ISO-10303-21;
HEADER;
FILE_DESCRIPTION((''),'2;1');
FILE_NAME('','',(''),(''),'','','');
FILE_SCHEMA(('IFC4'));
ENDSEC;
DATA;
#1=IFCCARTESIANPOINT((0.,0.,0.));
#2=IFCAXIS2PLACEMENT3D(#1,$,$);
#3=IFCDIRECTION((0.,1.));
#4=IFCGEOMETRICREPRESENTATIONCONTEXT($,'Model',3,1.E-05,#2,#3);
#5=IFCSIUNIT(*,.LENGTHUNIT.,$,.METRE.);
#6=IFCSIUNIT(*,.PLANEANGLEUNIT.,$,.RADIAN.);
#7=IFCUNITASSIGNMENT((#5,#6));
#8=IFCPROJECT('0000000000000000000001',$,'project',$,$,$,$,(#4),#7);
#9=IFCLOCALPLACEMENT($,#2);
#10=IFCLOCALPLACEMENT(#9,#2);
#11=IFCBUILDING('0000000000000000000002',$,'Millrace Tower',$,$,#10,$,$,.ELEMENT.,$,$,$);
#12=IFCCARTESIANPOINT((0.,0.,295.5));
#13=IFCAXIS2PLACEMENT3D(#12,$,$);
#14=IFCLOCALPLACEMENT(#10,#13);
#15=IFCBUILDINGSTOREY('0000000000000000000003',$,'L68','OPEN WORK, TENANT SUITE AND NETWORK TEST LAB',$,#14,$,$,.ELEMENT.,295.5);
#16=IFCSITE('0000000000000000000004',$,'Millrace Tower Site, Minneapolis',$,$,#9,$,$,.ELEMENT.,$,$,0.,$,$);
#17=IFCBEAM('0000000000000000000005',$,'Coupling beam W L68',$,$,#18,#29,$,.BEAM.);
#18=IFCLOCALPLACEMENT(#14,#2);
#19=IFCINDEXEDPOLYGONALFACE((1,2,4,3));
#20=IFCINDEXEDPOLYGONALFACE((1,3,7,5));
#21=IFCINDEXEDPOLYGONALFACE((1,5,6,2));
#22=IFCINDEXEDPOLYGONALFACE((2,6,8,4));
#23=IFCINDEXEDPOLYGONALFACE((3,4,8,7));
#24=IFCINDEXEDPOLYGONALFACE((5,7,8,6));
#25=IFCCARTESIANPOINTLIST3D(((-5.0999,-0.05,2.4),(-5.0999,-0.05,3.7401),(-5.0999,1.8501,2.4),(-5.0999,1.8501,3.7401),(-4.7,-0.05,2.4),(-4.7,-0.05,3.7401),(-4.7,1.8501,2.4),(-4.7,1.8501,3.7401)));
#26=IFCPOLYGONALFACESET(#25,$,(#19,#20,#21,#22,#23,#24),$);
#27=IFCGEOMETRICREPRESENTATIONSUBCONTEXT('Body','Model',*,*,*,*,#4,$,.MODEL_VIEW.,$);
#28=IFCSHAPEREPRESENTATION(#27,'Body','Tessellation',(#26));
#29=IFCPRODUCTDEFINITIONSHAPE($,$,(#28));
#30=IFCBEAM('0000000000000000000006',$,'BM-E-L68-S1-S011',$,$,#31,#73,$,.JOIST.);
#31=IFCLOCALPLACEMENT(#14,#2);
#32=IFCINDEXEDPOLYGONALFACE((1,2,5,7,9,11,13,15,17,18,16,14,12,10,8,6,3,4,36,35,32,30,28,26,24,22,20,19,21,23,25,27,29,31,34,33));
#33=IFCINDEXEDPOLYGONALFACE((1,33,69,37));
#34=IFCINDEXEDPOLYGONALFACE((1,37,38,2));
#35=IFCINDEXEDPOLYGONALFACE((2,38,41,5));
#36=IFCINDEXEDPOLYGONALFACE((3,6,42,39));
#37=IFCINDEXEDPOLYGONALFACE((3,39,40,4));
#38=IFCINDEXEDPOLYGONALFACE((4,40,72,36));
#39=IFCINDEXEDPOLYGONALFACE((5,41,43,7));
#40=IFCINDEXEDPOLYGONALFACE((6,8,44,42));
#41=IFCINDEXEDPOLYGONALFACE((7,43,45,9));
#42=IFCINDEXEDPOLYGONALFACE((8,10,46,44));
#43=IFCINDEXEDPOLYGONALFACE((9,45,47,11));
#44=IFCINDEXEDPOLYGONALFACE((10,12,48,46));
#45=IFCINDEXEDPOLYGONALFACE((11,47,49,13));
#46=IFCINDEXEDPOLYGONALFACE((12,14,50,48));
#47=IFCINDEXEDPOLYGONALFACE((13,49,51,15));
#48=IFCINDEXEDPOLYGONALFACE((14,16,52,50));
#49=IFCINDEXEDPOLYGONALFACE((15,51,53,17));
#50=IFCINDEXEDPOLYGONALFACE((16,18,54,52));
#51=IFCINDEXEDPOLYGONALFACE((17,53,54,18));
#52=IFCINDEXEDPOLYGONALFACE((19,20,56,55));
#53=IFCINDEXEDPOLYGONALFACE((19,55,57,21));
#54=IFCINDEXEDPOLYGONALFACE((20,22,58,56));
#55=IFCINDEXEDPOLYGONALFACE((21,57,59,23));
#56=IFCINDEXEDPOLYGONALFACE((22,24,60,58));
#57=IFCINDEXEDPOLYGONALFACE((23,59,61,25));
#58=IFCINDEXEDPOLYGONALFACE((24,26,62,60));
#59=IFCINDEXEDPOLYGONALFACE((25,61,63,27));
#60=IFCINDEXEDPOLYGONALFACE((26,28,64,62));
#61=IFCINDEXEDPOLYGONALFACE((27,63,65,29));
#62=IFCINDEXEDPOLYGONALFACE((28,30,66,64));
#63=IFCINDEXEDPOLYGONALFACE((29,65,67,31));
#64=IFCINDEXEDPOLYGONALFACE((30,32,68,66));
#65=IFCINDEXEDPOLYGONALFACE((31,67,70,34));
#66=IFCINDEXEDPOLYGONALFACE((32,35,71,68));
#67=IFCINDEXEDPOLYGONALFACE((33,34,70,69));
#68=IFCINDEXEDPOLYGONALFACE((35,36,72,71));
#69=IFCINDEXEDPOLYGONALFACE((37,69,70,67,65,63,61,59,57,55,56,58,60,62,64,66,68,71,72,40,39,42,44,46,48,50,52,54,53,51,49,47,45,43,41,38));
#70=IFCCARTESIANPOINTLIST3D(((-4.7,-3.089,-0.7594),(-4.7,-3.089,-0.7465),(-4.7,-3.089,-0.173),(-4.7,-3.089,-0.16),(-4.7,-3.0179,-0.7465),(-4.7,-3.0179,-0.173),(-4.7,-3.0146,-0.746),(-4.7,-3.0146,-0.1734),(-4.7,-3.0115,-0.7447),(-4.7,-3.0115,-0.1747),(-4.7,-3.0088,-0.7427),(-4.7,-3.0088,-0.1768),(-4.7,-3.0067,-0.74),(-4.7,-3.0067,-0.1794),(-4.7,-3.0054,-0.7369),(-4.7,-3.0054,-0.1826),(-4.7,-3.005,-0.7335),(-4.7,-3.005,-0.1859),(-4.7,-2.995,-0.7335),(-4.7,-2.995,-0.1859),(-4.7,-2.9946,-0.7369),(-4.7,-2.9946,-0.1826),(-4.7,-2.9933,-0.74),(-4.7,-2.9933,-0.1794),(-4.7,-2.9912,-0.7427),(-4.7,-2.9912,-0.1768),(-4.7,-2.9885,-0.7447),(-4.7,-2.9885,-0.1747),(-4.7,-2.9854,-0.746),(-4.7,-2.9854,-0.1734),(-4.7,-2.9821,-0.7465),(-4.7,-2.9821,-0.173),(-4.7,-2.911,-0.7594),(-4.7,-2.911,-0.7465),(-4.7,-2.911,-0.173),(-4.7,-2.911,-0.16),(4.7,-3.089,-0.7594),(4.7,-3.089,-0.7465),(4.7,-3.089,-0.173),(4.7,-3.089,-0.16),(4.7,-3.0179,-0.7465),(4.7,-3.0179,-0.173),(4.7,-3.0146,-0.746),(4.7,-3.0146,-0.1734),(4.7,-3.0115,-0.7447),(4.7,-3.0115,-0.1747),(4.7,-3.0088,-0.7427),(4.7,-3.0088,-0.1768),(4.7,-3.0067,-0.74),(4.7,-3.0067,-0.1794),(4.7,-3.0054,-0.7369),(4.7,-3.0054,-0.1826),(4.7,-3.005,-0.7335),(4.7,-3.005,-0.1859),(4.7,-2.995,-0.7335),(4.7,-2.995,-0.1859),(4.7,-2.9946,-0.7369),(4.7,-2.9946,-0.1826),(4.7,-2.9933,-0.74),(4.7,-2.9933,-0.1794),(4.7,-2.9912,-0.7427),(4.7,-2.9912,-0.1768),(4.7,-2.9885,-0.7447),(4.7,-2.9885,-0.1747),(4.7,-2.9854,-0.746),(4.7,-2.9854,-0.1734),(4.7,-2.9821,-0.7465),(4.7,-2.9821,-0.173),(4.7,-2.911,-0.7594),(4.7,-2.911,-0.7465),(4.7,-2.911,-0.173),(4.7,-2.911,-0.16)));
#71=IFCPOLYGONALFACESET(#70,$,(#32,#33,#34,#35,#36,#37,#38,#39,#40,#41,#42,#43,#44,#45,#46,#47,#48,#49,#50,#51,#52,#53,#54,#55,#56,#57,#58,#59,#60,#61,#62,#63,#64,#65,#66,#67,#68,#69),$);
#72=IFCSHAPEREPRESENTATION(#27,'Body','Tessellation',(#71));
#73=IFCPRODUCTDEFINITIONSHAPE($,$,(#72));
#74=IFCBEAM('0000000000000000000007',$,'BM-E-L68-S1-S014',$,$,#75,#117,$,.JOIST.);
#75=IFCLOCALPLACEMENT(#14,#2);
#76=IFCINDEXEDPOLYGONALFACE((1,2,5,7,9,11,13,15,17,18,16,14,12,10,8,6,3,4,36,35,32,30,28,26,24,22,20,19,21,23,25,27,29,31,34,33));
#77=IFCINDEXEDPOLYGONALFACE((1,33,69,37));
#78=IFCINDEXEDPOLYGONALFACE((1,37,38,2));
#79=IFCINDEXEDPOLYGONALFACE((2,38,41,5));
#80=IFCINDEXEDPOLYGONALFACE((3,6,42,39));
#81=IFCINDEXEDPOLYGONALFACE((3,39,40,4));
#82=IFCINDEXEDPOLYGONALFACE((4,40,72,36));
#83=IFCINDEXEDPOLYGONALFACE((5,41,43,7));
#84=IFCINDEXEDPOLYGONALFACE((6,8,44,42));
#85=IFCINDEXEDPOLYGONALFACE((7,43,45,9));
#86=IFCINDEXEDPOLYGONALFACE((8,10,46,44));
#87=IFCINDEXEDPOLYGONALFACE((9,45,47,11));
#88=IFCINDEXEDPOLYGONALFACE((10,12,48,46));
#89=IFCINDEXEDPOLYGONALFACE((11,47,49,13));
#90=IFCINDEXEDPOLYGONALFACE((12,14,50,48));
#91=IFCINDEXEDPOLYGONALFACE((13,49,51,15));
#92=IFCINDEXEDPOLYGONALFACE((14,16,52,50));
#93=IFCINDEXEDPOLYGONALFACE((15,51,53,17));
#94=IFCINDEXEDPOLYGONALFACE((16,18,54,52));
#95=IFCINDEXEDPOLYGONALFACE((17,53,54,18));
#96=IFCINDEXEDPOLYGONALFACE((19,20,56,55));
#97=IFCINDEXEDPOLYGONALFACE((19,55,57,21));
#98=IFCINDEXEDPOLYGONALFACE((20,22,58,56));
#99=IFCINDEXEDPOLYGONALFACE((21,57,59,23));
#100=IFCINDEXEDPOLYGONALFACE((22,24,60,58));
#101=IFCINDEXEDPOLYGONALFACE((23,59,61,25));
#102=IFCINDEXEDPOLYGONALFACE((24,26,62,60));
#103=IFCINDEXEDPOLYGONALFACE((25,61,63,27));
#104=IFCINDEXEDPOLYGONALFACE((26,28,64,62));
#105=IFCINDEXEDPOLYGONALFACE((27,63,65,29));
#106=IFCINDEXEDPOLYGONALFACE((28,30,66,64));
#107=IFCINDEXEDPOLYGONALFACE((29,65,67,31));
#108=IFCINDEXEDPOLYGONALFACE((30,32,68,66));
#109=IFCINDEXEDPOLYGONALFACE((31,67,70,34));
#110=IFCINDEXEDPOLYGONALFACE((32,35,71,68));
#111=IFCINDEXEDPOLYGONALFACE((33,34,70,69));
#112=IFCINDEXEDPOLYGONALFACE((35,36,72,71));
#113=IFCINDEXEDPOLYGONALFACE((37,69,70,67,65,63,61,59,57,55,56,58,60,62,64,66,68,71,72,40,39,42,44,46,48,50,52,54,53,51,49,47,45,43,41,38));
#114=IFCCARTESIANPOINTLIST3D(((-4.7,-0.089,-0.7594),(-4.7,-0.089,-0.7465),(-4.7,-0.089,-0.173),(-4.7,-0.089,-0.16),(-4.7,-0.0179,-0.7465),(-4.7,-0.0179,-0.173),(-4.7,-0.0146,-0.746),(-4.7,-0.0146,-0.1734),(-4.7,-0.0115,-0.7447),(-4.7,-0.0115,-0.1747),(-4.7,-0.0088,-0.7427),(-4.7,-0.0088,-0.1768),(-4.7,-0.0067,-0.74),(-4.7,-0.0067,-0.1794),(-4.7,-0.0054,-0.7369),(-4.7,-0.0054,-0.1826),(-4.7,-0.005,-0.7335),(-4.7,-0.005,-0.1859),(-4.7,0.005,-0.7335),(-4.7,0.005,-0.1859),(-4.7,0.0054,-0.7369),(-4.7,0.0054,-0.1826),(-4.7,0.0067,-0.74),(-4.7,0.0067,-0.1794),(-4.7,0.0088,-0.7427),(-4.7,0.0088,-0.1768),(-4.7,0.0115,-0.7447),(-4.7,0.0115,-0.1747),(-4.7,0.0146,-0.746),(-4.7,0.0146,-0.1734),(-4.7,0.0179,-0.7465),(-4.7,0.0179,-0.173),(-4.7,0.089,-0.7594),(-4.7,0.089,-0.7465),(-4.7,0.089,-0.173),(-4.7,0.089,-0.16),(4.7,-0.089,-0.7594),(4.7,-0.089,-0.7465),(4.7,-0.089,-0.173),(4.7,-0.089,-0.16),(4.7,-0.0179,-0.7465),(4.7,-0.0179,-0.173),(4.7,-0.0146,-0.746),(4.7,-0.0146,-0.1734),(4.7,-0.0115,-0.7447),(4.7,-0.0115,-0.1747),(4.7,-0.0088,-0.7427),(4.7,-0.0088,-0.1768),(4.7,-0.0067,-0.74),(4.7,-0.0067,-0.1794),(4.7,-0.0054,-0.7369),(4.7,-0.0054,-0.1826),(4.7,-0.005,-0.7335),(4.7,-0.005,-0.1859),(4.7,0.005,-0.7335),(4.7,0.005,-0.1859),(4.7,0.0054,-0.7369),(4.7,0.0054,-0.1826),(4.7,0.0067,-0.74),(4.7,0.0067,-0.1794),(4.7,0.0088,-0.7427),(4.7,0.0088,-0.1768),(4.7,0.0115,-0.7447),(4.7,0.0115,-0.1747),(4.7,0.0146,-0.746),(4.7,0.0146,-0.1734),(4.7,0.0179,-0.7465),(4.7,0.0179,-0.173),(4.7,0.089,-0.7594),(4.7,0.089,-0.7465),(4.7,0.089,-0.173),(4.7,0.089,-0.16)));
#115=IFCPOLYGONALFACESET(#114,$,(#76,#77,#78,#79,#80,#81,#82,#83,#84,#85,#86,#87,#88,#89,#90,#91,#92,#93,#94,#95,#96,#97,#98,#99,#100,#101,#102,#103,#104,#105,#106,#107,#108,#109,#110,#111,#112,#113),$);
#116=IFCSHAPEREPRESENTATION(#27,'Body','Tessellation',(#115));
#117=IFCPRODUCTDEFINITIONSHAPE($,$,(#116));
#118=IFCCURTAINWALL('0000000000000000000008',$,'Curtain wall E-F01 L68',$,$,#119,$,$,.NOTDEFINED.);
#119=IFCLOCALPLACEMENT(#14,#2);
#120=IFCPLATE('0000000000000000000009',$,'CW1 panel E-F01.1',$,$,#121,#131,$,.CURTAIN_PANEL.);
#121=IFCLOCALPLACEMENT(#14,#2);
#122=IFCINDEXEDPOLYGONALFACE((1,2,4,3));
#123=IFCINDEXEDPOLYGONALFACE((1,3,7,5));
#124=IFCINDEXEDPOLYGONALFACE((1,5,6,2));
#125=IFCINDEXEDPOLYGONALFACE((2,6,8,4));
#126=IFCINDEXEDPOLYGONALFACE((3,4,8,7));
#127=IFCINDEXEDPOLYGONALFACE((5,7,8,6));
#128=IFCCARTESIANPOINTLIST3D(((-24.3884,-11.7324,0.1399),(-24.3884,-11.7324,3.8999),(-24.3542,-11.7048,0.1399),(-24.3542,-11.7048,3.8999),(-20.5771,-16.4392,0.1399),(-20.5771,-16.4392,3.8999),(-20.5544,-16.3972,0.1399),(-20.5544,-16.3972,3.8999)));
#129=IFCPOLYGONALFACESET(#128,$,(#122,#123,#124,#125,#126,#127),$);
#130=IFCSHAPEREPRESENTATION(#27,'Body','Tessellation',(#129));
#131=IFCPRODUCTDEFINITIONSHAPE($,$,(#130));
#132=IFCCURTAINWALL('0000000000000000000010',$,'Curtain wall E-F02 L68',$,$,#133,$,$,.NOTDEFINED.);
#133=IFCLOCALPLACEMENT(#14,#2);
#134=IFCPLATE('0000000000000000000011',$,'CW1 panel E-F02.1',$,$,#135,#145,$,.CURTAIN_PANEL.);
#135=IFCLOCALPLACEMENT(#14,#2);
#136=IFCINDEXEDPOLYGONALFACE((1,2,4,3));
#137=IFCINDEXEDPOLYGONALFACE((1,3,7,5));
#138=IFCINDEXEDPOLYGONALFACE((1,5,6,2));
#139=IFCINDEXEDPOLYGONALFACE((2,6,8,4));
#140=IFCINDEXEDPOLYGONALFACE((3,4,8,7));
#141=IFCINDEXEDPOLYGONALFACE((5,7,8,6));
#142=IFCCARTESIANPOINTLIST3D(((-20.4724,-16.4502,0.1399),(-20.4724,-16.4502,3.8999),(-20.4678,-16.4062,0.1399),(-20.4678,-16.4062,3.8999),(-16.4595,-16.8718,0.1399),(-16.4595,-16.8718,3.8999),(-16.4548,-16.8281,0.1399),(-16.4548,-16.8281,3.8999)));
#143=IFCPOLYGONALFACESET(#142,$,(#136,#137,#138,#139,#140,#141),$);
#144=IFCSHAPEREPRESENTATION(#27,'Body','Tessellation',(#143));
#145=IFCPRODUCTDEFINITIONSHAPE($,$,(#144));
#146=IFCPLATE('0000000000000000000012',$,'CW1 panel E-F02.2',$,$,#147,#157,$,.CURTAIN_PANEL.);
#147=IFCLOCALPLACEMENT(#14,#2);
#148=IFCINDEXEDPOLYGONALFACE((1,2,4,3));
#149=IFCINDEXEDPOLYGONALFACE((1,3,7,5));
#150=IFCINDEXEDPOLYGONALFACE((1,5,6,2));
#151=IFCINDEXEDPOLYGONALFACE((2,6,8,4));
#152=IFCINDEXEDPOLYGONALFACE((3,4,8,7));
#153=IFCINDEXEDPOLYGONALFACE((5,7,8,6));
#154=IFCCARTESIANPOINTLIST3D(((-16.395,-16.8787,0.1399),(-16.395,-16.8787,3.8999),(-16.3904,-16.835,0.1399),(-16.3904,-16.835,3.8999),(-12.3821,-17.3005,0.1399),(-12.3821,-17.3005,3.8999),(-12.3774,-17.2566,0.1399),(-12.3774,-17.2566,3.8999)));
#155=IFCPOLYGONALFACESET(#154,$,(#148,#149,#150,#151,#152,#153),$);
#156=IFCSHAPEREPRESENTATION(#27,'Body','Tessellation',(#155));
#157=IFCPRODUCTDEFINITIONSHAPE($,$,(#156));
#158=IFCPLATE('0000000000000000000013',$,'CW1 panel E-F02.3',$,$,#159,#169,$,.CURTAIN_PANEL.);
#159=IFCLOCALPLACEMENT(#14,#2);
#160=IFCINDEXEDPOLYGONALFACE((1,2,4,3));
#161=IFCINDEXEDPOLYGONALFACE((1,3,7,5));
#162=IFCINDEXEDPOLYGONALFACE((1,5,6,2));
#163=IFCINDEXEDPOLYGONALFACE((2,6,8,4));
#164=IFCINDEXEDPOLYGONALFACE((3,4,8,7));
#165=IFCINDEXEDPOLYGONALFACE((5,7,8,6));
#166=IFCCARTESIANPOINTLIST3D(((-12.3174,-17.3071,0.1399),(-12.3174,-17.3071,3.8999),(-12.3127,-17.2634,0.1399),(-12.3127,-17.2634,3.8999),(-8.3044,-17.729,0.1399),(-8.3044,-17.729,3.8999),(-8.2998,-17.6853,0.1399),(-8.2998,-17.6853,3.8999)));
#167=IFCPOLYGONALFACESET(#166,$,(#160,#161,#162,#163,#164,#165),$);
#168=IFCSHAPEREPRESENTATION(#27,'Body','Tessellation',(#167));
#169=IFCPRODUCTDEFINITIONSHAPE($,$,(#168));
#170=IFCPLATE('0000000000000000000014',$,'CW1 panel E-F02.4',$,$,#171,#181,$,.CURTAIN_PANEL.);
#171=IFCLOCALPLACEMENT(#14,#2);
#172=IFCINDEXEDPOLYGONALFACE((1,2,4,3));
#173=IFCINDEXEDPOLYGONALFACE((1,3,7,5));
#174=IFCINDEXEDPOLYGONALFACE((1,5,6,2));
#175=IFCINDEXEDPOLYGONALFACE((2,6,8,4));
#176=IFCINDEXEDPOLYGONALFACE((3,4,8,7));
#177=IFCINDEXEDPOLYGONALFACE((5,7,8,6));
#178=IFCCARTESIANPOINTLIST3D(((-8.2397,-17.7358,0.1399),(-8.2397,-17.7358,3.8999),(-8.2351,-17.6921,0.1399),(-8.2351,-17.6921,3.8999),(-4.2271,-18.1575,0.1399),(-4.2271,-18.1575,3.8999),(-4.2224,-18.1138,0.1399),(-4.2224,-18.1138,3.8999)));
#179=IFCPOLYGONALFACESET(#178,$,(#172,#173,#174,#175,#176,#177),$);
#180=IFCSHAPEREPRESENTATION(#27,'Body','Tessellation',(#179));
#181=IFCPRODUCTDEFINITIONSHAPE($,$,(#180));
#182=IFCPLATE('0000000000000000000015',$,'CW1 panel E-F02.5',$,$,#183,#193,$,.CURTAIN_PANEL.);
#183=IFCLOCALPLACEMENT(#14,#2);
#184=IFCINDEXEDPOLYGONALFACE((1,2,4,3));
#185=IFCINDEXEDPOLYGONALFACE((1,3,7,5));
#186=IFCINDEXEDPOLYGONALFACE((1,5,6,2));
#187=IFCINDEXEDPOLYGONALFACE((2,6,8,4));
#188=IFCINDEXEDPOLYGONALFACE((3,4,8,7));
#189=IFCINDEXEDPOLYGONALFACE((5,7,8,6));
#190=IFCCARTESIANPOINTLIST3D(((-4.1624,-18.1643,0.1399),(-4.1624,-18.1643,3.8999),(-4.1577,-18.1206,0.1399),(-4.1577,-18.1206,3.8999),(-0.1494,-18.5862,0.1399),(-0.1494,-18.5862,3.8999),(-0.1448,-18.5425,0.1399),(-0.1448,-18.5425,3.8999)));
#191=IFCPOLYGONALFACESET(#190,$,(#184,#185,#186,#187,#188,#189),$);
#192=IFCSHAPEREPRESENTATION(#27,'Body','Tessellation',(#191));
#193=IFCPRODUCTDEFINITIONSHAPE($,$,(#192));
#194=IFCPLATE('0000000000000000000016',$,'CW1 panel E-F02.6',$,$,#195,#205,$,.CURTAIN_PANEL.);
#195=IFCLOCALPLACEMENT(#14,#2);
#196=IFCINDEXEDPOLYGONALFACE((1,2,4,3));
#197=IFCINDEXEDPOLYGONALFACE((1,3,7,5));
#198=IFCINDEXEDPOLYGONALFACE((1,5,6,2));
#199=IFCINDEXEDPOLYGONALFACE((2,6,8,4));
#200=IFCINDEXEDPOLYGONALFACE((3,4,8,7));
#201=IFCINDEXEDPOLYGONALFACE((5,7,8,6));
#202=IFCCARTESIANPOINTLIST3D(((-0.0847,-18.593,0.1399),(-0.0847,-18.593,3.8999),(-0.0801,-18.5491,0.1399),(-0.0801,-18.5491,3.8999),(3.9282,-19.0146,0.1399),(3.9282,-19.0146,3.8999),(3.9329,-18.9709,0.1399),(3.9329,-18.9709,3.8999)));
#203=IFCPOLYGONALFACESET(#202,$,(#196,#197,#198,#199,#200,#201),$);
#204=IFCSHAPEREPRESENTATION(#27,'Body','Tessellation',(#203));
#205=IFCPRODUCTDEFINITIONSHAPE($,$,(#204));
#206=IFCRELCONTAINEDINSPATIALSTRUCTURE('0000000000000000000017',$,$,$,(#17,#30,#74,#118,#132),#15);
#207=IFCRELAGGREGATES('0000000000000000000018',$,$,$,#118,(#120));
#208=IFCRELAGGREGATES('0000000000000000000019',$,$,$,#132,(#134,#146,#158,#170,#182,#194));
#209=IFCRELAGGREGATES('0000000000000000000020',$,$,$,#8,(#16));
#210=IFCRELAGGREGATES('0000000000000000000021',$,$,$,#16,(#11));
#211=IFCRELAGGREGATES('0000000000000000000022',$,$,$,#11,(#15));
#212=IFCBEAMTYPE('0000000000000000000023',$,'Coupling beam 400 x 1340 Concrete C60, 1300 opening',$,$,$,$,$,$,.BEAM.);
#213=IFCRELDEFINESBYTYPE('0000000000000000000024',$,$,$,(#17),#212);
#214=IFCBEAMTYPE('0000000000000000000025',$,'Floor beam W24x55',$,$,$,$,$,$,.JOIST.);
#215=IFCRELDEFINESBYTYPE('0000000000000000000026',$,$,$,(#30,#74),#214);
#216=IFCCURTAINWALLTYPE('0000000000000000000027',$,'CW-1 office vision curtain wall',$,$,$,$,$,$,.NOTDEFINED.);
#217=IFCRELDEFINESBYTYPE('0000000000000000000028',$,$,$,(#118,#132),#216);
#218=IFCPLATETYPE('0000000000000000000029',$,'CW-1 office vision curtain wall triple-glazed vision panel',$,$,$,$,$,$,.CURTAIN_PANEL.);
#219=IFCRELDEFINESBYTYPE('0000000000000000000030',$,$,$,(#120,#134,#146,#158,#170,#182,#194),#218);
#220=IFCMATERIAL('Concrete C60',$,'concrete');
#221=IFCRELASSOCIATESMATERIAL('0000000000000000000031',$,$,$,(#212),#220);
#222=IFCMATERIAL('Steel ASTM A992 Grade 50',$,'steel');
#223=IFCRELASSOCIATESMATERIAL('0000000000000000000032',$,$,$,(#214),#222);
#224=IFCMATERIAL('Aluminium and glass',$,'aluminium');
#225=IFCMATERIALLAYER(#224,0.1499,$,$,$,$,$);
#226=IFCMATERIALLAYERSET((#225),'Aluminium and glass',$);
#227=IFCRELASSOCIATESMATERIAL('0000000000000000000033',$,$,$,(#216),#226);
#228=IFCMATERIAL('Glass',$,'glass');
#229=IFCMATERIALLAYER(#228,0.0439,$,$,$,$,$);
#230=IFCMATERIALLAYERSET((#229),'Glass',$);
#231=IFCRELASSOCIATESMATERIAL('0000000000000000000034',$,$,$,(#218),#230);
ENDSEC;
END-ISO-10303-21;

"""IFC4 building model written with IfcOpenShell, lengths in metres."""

from ifc_helpers import new_model, si_unit, direction, frame, origin, origin_2d, place, context, subcontext, project, spatial, polyline, rectangle, i_section, outline, extrude, material, layer, layer_set, material_profile, profile_set, type_object, element, aggregate, save


model = new_model("IFC4")

# Units and contexts
model_context = context("Model", 3, precision=1e-05, world=origin(), true_north=direction((0.0, 1.0)))
body_context = subcontext(model_context, "Body", "Model", "MODEL_VIEW")
ifc_project = project(units=[si_unit("LENGTHUNIT", "METRE"), si_unit("PLANEANGLEUNIT", "RADIAN")], contexts=[model_context])

# Site, building, storey
site_placement = place(None, origin())
site = spatial("IfcSite", under=ifc_project, at=site_placement, Name="Millrace Tower Site, Minneapolis", CompositionType="ELEMENT", RefElevation=0.0)
building_placement = place(site_placement, origin())
building = spatial("IfcBuilding", under=site, at=building_placement, Name="Millrace Tower", CompositionType="ELEMENT")
storey_placement = place(building_placement, frame((0.0, 0.0, 295.5)))
storey = spatial("IfcBuildingStorey", under=building, at=storey_placement, Name="L68", Description="OPEN WORK, TENANT SUITE AND NETWORK TEST LAB", CompositionType="ELEMENT", Elevation=295.5)

# Beams
ifc_material_1 = material(Name="Concrete C60", Category="concrete")
ifc_material_profile_1 = material_profile(ifc_material_1, rectangle(XDim=0.3999, YDim=1.3401, at=origin_2d()))
ifc_profile_set_1 = profile_set([ifc_material_profile_1], Name="Concrete C60")
beam_type_1 = type_object("IfcBeamType", Name="Coupling beam 400 x 1340 Concrete C60, 1300 opening", PredefinedType="BEAM", material=ifc_profile_set_1)
beam_placement = place(storey_placement, frame((-4.8999, -0.05, 3.0701), z_axis=(0.0, 1.0, 0.0), x_axis=(-1.0, 0.0, 0.0)))
element("IfcBeam", 1, at=beam_placement, inside=storey, type_object=beam_type_1, Name="Coupling beam W L68", PredefinedType="BEAM", context=body_context, shape_type="SweptSolid", body=[
    extrude(rectangle(XDim=0.3999, YDim=1.3401, at=origin_2d()), origin(), (0.0, 0.0, 1.0), 1.9001),
])
ifc_material_2 = material(Name="Steel ASTM A992 Grade 50", Category="steel")
ifc_material_profile_2 = material_profile(ifc_material_2, i_section(OverallWidth=0.178, OverallDepth=0.5994, WebThickness=0.01, FlangeThickness=0.0129, FilletRadius=0.0129, at=origin_2d()))
ifc_profile_set_2 = profile_set([ifc_material_profile_2], Name="Steel ASTM A992 Grade 50")
beam_type_2 = type_object("IfcBeamType", Name="Floor beam W24x55", PredefinedType="JOIST", material=ifc_profile_set_2)
for number, where, z_axis, x_axis, name in (
    (2, (-4.7, -3.0, -0.4597), (1.0, 0.0, 0.0), (0.0, 1.0, 0.0), "BM-E-L68-S1-S011"),
    (3, (-4.7, 0.0, -0.4597), (1.0, 0.0, 0.0), (0.0, 1.0, 0.0), "BM-E-L68-S1-S014"),
):
    element("IfcBeam", number, at=place(storey_placement, frame(where, z_axis=z_axis, x_axis=x_axis)), inside=storey, type_object=beam_type_2, Name=name, PredefinedType="JOIST", context=body_context, shape_type="SweptSolid", body=[
        extrude(i_section(OverallWidth=0.178, OverallDepth=0.5994, WebThickness=0.01, FlangeThickness=0.0129, FilletRadius=0.0129, at=origin_2d()), origin(), (0.0, 0.0, 1.0), 9.3999),
    ])

# Curtain wall, plate
ifc_material_3 = material(Name="Aluminium and glass", Category="aluminium")
ifc_layer_1 = layer(ifc_material_3, 0.1499)
ifc_layer_set_1 = layer_set([ifc_layer_1], Name="Aluminium and glass")
curtain_wall_type = type_object("IfcCurtainWallType", Name="CW-1 office vision curtain wall", PredefinedType="NOTDEFINED", material=ifc_layer_set_1)
placement_1 = place(storey_placement, origin())
curtain_wall_1 = element("IfcCurtainWall", 4, at=placement_1, inside=storey, type_object=curtain_wall_type, Name="Curtain wall E-F01 L68", PredefinedType="NOTDEFINED")
ifc_material_4 = material(Name="Glass", Category="glass")
ifc_layer_2 = layer(ifc_material_4, 0.0439)
ifc_layer_set_2 = layer_set([ifc_layer_2], Name="Glass")
plate_type = type_object("IfcPlateType", Name="CW-1 office vision curtain wall triple-glazed vision panel", PredefinedType="CURTAIN_PANEL", material=ifc_layer_set_2)
placement_2 = place(storey_placement, frame((0.0, 0.0, 0.1399)))
plate_1 = element("IfcPlate", 5, at=placement_2, type_object=plate_type, Name="CW1 panel E-F01.1", PredefinedType="CURTAIN_PANEL", context=body_context, shape_type="SweptSolid", body=[
    extrude(outline(polyline([(-24.3884, -11.7324), (-20.5771, -16.4392), (-20.5544, -16.3972), (-24.3542, -11.7048), (-24.3884, -11.7324)])), origin(), (0.0, 0.0, 1.0), 3.76),
])
aggregate(curtain_wall_1, [plate_1])

# Curtain wall, plates
curtain_wall_2 = element("IfcCurtainWall", 6, at=placement_1, inside=storey, type_object=curtain_wall_type, Name="Curtain wall E-F02 L68", PredefinedType="NOTDEFINED")
plate_2 = element("IfcPlate", 7, at=placement_2, type_object=plate_type, Name="CW1 panel E-F02.1", PredefinedType="CURTAIN_PANEL", context=body_context, shape_type="SweptSolid", body=[
    extrude(outline(polyline([(-20.4724, -16.4502), (-16.4595, -16.8718), (-16.4548, -16.8281), (-20.4678, -16.4062), (-20.4724, -16.4502)])), origin(), (0.0, 0.0, 1.0), 3.76),
])
plate_3 = element("IfcPlate", 8, at=placement_2, type_object=plate_type, Name="CW1 panel E-F02.2", PredefinedType="CURTAIN_PANEL", context=body_context, shape_type="SweptSolid", body=[
    extrude(outline(polyline([(-16.395, -16.8787), (-12.3821, -17.3005), (-12.3774, -17.2566), (-16.3904, -16.835), (-16.395, -16.8787)])), origin(), (0.0, 0.0, 1.0), 3.76),
])
plate_4 = element("IfcPlate", 9, at=placement_2, type_object=plate_type, Name="CW1 panel E-F02.3", PredefinedType="CURTAIN_PANEL", context=body_context, shape_type="SweptSolid", body=[
    extrude(outline(polyline([(-12.3174, -17.3071), (-8.3044, -17.729), (-8.2998, -17.6853), (-12.3127, -17.2634), (-12.3174, -17.3071)])), origin(), (0.0, 0.0, 1.0), 3.76),
])
plate_5 = element("IfcPlate", 10, at=placement_2, type_object=plate_type, Name="CW1 panel E-F02.4", PredefinedType="CURTAIN_PANEL", context=body_context, shape_type="SweptSolid", body=[
    extrude(outline(polyline([(-8.2397, -17.7358), (-4.2271, -18.1575), (-4.2224, -18.1138), (-8.2351, -17.6921), (-8.2397, -17.7358)])), origin(), (0.0, 0.0, 1.0), 3.76),
])
plate_6 = element("IfcPlate", 11, at=placement_2, type_object=plate_type, Name="CW1 panel E-F02.5", PredefinedType="CURTAIN_PANEL", context=body_context, shape_type="SweptSolid", body=[
    extrude(outline(polyline([(-4.1624, -18.1643), (-0.1494, -18.5862), (-0.1448, -18.5425), (-4.1577, -18.1206), (-4.1624, -18.1643)])), origin(), (0.0, 0.0, 1.0), 3.76),
])
plate_7 = element("IfcPlate", 12, at=placement_2, type_object=plate_type, Name="CW1 panel E-F02.6", PredefinedType="CURTAIN_PANEL", context=body_context, shape_type="SweptSolid", body=[
    extrude(outline(polyline([(-0.0847, -18.593), (3.9282, -19.0146), (3.9329, -18.9709), (-0.0801, -18.5491), (-0.0847, -18.593)])), origin(), (0.0, 0.0, 1.0), 3.76),
])
aggregate(curtain_wall_2, [plate_2, plate_3, plate_4, plate_5, plate_6, plate_7])

save(model, "model.ifc")
